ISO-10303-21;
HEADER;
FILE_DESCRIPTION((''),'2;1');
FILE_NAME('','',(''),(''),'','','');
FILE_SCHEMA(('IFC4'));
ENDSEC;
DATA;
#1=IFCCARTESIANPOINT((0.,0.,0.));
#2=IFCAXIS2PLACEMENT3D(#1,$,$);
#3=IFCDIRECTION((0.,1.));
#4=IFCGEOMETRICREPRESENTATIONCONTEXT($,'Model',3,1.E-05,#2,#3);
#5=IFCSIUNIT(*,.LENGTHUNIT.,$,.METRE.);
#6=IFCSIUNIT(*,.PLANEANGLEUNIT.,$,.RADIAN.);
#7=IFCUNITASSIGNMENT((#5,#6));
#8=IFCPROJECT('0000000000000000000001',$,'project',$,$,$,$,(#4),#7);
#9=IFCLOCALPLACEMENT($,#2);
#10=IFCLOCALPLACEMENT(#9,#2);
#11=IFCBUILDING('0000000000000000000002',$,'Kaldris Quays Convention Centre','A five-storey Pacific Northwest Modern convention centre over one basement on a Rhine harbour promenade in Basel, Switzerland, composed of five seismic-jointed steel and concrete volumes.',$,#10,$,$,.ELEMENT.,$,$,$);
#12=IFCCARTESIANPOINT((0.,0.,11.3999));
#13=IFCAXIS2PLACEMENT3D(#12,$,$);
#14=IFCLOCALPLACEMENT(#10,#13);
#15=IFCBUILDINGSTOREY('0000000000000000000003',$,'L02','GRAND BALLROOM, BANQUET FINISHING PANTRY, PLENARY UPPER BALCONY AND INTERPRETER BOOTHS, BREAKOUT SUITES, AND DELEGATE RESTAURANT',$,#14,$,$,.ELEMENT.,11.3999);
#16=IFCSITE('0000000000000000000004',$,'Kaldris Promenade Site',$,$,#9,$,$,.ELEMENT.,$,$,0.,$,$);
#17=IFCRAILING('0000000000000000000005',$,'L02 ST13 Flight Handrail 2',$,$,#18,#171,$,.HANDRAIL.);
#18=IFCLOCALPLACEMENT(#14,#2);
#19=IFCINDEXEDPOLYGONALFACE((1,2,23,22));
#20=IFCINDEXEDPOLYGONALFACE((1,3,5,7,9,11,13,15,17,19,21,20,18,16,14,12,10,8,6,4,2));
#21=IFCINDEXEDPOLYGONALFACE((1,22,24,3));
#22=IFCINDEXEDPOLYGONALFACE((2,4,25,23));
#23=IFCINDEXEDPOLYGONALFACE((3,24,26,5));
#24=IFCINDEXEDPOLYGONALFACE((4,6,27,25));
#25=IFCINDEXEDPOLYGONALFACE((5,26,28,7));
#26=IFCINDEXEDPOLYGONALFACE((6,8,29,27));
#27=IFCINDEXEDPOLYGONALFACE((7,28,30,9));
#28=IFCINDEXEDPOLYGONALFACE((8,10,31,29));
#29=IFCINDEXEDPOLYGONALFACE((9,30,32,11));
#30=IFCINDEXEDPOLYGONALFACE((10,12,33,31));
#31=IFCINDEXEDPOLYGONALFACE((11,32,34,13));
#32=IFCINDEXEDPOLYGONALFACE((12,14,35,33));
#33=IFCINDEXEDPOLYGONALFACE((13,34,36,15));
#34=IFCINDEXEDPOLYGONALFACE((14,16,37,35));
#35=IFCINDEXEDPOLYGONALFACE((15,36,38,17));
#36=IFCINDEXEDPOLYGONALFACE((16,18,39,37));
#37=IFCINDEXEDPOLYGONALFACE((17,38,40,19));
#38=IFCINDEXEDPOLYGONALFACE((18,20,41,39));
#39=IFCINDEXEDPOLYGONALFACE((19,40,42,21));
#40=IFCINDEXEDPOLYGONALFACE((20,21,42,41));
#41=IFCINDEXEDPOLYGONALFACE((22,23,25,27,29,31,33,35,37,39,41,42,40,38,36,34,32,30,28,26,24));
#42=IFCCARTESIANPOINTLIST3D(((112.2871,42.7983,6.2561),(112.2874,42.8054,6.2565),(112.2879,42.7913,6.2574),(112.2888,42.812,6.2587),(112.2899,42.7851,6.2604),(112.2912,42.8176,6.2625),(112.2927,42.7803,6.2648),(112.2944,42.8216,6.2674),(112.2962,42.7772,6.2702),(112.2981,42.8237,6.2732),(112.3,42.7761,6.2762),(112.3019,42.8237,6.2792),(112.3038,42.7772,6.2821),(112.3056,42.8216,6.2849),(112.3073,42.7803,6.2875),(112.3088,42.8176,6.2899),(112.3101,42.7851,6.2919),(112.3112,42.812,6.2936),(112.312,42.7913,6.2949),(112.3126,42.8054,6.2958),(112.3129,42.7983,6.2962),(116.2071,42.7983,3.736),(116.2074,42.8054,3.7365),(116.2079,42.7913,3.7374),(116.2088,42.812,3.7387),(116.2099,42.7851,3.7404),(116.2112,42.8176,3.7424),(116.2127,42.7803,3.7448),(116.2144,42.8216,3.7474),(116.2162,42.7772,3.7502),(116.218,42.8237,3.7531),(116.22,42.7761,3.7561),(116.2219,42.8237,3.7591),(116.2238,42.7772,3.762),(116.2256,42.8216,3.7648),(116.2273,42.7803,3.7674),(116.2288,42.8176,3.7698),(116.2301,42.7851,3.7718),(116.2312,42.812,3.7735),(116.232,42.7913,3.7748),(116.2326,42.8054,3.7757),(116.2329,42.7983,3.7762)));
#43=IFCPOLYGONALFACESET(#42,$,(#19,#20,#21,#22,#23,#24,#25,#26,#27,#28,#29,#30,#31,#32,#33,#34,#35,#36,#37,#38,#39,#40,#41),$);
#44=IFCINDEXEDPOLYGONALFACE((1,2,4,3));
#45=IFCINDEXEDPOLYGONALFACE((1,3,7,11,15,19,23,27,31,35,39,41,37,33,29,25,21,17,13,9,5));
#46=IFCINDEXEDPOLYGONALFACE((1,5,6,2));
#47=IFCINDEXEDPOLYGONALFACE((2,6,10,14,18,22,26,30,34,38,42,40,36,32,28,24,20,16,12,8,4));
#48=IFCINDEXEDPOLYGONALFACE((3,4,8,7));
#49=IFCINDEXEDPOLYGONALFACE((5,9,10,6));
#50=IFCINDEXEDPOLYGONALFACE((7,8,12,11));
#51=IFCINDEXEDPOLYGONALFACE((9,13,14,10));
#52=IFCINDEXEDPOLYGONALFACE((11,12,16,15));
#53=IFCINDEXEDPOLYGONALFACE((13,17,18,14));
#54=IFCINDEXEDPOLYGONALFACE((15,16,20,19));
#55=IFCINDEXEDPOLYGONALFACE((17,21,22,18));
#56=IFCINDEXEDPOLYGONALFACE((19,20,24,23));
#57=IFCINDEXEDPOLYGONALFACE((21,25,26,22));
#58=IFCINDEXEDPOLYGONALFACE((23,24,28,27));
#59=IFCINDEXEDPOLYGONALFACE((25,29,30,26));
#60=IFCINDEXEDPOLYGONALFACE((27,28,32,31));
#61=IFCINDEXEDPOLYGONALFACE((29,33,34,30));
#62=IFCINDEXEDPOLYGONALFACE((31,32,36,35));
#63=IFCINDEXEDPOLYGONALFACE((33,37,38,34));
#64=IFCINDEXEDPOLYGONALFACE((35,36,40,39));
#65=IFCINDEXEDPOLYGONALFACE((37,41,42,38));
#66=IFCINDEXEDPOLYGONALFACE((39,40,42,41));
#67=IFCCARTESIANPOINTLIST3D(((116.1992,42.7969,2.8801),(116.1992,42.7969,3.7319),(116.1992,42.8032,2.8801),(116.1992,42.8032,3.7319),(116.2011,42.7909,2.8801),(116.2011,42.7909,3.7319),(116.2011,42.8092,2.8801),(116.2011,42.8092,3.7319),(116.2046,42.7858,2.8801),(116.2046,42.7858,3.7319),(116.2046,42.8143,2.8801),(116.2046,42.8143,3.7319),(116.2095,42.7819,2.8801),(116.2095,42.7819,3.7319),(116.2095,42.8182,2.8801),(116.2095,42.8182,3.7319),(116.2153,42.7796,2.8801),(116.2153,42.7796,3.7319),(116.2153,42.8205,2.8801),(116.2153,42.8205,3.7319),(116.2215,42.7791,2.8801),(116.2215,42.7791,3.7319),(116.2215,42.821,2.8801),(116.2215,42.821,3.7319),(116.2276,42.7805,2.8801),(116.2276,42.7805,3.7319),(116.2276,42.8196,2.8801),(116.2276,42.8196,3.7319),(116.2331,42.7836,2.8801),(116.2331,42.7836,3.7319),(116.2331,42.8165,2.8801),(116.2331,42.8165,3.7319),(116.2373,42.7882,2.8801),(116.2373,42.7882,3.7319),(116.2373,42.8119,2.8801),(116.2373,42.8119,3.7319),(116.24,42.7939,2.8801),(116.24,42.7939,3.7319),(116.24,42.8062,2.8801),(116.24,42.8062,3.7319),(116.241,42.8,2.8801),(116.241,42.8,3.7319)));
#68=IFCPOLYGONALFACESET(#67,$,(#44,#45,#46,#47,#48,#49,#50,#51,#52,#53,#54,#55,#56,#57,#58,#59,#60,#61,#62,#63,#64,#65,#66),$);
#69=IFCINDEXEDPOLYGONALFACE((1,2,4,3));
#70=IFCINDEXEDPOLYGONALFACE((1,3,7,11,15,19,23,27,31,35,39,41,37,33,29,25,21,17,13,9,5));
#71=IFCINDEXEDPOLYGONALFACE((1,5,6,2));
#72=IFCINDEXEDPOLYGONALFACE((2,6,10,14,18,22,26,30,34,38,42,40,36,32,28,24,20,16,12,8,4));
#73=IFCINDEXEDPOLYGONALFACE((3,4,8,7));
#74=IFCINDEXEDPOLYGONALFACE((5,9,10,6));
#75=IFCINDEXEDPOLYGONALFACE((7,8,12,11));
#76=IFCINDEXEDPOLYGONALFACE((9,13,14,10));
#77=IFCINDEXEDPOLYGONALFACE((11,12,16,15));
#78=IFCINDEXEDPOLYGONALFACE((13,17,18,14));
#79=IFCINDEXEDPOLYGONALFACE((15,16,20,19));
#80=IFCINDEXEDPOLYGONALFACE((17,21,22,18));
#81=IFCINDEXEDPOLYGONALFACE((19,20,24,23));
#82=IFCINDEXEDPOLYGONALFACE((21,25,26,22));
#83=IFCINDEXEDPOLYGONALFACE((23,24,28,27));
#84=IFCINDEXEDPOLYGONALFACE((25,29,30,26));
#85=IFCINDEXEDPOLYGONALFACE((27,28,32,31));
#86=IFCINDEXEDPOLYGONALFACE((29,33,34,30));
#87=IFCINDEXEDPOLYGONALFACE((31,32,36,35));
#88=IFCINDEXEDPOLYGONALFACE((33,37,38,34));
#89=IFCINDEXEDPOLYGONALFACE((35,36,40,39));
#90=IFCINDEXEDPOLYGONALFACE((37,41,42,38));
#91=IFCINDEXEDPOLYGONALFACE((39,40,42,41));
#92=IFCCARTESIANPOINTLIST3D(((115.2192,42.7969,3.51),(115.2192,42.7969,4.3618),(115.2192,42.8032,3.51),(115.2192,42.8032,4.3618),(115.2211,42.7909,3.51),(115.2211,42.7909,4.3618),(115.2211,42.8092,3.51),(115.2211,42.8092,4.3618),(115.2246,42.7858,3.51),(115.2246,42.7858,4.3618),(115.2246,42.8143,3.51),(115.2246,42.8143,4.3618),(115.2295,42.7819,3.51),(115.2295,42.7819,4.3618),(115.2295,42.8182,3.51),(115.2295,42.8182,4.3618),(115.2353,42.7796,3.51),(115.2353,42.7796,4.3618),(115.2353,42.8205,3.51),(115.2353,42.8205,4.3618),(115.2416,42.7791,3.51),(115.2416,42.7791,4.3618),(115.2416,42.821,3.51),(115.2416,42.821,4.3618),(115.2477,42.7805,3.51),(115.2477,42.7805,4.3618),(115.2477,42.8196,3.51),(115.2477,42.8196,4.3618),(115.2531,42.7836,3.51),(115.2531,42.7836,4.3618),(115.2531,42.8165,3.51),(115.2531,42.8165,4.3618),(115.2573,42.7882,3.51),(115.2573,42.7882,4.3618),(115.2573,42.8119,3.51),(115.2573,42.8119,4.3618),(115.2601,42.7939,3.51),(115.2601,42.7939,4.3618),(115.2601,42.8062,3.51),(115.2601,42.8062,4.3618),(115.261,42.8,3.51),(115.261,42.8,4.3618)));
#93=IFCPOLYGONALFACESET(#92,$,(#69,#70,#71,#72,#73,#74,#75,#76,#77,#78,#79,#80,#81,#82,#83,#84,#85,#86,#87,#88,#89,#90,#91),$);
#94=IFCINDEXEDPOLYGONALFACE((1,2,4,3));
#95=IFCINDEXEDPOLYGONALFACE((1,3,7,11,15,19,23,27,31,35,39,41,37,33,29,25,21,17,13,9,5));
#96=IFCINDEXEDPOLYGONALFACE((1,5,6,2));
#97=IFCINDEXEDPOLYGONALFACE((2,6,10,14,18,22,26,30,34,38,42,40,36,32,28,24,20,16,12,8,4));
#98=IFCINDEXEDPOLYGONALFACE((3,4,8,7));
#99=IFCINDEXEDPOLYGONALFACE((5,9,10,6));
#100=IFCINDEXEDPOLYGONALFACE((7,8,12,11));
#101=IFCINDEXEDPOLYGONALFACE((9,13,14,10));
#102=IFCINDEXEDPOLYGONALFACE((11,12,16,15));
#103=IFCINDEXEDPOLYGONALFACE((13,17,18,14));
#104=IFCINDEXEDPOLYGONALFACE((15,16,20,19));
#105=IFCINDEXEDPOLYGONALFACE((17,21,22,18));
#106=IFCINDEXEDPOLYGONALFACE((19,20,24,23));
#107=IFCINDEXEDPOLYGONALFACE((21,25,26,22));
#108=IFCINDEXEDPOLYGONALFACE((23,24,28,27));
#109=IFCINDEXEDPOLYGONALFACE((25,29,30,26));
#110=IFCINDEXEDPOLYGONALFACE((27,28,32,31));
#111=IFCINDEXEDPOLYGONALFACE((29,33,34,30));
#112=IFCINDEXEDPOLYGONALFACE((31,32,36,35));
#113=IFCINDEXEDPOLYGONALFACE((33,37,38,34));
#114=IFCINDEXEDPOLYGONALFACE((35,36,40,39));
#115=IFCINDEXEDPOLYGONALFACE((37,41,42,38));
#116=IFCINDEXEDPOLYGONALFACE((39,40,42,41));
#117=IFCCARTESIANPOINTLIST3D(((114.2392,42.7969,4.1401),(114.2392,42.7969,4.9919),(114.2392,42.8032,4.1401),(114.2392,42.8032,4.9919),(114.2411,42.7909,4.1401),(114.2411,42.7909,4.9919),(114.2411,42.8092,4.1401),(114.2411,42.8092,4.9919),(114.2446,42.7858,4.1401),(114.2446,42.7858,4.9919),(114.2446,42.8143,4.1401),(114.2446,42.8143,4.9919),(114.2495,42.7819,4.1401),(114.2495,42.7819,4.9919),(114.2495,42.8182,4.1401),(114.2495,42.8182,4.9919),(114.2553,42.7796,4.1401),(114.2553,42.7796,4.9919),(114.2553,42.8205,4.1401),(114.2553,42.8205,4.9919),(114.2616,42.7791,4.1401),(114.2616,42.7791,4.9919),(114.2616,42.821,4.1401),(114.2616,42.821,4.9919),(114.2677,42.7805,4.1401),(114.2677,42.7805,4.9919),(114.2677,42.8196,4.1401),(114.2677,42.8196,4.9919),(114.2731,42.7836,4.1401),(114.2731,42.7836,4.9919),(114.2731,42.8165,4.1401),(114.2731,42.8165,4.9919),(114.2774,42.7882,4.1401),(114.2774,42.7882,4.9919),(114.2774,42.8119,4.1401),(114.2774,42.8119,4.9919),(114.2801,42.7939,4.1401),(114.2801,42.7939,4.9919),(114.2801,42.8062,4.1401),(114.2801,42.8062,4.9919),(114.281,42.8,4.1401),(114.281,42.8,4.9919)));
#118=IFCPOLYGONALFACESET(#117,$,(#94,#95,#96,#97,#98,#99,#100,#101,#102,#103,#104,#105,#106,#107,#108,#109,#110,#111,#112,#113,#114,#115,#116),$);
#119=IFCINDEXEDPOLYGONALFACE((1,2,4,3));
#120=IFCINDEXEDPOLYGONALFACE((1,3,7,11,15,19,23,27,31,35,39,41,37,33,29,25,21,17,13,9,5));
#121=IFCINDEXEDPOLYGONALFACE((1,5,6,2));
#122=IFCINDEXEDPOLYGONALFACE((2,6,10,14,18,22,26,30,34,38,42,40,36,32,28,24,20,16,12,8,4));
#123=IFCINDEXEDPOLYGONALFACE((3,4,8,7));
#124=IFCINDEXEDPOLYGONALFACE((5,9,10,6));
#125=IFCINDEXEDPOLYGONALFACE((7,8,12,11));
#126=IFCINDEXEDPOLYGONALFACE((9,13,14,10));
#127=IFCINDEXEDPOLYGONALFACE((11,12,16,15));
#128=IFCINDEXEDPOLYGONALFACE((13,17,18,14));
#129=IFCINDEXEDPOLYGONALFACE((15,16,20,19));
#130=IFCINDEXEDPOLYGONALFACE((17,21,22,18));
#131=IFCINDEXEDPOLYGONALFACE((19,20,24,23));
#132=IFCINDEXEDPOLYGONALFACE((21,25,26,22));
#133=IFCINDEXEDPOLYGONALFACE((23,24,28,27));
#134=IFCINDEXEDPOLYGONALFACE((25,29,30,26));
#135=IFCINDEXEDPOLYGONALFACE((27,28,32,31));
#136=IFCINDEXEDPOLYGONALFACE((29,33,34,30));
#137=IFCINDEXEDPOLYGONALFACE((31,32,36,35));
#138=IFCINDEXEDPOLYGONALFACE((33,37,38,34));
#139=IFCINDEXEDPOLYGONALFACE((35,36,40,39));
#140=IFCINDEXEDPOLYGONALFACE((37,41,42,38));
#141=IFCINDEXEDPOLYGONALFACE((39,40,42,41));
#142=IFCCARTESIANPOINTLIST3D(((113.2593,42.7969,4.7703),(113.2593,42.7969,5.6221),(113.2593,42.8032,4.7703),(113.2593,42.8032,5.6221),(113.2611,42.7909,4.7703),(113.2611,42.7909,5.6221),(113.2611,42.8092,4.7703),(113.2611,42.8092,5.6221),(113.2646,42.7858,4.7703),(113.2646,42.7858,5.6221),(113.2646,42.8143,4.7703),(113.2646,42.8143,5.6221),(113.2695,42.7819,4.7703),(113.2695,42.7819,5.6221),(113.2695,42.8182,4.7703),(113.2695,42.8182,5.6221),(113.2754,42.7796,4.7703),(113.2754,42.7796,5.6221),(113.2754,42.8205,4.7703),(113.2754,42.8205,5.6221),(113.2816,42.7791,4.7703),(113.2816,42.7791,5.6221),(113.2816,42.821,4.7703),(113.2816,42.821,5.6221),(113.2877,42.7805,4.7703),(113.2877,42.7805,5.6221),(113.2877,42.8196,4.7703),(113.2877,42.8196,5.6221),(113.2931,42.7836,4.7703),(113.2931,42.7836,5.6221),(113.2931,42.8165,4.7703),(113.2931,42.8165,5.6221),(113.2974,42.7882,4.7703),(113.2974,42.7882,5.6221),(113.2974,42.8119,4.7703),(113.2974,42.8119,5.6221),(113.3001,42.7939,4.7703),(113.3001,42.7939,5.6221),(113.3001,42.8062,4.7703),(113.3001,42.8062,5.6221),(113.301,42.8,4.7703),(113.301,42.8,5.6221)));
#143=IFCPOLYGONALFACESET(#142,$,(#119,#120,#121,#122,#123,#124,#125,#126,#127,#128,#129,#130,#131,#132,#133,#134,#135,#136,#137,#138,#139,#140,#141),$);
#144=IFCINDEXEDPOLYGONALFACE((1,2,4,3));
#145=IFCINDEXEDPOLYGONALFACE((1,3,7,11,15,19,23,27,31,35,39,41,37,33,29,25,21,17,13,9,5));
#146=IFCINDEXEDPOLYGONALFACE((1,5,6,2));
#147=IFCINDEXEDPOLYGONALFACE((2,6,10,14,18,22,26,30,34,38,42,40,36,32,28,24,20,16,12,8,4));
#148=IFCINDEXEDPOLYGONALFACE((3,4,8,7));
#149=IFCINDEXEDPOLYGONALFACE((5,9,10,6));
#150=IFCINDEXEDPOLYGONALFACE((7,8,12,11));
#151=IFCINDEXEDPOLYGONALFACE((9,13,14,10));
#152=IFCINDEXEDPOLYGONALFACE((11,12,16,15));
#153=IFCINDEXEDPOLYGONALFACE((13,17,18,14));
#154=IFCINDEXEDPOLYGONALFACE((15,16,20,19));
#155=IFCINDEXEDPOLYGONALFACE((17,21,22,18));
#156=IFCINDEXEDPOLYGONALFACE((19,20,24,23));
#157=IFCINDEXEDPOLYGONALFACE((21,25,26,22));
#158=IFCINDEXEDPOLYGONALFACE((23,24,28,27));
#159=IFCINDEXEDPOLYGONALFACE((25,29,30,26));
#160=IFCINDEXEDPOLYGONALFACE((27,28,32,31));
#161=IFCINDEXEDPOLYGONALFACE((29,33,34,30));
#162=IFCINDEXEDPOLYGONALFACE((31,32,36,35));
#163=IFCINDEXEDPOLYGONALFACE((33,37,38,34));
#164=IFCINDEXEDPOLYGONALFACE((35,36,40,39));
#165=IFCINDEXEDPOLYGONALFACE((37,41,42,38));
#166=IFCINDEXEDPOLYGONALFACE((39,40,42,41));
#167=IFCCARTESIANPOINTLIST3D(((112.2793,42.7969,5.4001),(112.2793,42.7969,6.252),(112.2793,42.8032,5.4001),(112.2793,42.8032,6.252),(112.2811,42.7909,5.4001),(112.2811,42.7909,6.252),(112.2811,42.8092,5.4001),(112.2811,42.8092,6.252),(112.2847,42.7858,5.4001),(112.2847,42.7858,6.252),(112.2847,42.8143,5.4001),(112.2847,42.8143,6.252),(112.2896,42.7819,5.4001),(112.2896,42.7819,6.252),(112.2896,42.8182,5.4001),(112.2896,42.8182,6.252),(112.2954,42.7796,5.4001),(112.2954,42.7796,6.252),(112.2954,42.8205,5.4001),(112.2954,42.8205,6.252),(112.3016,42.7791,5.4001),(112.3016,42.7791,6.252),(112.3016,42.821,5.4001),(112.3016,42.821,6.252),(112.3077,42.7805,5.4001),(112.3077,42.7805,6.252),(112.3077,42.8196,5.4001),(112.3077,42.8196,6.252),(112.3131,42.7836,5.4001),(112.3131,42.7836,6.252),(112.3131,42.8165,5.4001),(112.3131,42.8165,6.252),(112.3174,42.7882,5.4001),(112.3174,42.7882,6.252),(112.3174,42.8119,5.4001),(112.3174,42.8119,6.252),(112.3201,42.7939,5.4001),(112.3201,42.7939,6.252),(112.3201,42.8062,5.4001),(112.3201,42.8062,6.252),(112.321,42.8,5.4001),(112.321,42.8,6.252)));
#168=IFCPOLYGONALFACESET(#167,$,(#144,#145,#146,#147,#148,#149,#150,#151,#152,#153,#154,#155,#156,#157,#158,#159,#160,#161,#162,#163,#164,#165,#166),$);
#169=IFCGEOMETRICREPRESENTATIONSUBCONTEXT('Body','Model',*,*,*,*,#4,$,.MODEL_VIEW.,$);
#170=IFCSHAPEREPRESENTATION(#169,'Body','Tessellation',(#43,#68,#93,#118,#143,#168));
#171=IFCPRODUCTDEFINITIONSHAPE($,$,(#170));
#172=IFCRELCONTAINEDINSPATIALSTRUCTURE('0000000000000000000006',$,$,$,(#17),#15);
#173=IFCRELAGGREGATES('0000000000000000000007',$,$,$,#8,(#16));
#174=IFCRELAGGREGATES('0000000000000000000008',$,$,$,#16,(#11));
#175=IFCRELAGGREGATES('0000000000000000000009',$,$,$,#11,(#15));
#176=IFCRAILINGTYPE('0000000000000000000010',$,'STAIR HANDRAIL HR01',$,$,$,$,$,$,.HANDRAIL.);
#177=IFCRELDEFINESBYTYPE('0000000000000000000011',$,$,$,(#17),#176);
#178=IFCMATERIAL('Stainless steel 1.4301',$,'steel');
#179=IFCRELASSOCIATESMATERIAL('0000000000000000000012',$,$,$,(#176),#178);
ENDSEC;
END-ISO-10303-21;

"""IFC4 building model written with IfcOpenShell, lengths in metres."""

from ifc_helpers import new_model, si_unit, direction, frame, origin, origin_2d, place, context, subcontext, project, spatial, circle, extrude, material, type_object, element, save


model = new_model("IFC4")

# Units and contexts
model_context = context("Model", 3, precision=1e-05, world=origin(), true_north=direction((0.0, 1.0)))
body_context = subcontext(model_context, "Body", "Model", "MODEL_VIEW")
ifc_project = project(units=[si_unit("LENGTHUNIT", "METRE"), si_unit("PLANEANGLEUNIT", "RADIAN")], contexts=[model_context])

# Site, building, storey
site_placement = place(None, origin())
site = spatial("IfcSite", under=ifc_project, at=site_placement, Name="Kaldris Promenade Site", CompositionType="ELEMENT", RefElevation=0.0)
building_placement = place(site_placement, origin())
building = spatial("IfcBuilding", under=site, at=building_placement, Name="Kaldris Quays Convention Centre", Description="A five-storey Pacific Northwest Modern convention centre over one basement on a Rhine harbour promenade in Basel, Switzerland, composed of five seismic-jointed steel and concrete volumes.", CompositionType="ELEMENT")
storey_placement = place(building_placement, frame((0.0, 0.0, 11.3999)))
storey = spatial("IfcBuildingStorey", under=building, at=storey_placement, Name="L02", Description="GRAND BALLROOM, BANQUET FINISHING PANTRY, PLENARY UPPER BALCONY AND INTERPRETER BOOTHS, BREAKOUT SUITES, AND DELEGATE RESTAURANT", CompositionType="ELEMENT", Elevation=11.3999)

# Railing
ifc_material_1 = material(Name="Stainless steel 1.4301", Category="steel")
railing_type = type_object("IfcRailingType", Name="STAIR HANDRAIL HR01", PredefinedType="HANDRAIL", material=ifc_material_1)
railing_placement = place(storey_placement, frame((116.22, 42.8, 2.8801)))
element("IfcRailing", 1, at=railing_placement, inside=storey, type_object=railing_type, Name="L02 ST13 Flight Handrail 2", PredefinedType="HANDRAIL", context=body_context, shape_type="SweptSolid", body=[
    extrude(circle(Radius=0.0239, at=origin_2d()), frame((0.0, 0.0, 0.876), z_axis=(-0.841172, 0.0, 0.540768), x_axis=(0.0, -1.0, 0.0)), (0.0, 0.0, 1.0), 4.6602),
    extrude(circle(Radius=0.021, at=origin_2d()), origin(), (0.0, 0.0, 1.0), 0.8518),
    extrude(circle(Radius=0.021, at=origin_2d()), frame((-0.98, 0.0, 0.6299)), (0.0, 0.0, 1.0), 0.8518),
    extrude(circle(Radius=0.021, at=origin_2d()), frame((-1.96, 0.0, 1.26)), (0.0, 0.0, 1.0), 0.8518),
    extrude(circle(Radius=0.021, at=origin_2d()), frame((-2.9399, 0.0, 1.8901)), (0.0, 0.0, 1.0), 0.8518),
    extrude(circle(Radius=0.021, at=origin_2d()), frame((-3.9199, 0.0, 2.52)), (0.0, 0.0, 1.0), 0.8518),
])

save(model, "model.ifc")
